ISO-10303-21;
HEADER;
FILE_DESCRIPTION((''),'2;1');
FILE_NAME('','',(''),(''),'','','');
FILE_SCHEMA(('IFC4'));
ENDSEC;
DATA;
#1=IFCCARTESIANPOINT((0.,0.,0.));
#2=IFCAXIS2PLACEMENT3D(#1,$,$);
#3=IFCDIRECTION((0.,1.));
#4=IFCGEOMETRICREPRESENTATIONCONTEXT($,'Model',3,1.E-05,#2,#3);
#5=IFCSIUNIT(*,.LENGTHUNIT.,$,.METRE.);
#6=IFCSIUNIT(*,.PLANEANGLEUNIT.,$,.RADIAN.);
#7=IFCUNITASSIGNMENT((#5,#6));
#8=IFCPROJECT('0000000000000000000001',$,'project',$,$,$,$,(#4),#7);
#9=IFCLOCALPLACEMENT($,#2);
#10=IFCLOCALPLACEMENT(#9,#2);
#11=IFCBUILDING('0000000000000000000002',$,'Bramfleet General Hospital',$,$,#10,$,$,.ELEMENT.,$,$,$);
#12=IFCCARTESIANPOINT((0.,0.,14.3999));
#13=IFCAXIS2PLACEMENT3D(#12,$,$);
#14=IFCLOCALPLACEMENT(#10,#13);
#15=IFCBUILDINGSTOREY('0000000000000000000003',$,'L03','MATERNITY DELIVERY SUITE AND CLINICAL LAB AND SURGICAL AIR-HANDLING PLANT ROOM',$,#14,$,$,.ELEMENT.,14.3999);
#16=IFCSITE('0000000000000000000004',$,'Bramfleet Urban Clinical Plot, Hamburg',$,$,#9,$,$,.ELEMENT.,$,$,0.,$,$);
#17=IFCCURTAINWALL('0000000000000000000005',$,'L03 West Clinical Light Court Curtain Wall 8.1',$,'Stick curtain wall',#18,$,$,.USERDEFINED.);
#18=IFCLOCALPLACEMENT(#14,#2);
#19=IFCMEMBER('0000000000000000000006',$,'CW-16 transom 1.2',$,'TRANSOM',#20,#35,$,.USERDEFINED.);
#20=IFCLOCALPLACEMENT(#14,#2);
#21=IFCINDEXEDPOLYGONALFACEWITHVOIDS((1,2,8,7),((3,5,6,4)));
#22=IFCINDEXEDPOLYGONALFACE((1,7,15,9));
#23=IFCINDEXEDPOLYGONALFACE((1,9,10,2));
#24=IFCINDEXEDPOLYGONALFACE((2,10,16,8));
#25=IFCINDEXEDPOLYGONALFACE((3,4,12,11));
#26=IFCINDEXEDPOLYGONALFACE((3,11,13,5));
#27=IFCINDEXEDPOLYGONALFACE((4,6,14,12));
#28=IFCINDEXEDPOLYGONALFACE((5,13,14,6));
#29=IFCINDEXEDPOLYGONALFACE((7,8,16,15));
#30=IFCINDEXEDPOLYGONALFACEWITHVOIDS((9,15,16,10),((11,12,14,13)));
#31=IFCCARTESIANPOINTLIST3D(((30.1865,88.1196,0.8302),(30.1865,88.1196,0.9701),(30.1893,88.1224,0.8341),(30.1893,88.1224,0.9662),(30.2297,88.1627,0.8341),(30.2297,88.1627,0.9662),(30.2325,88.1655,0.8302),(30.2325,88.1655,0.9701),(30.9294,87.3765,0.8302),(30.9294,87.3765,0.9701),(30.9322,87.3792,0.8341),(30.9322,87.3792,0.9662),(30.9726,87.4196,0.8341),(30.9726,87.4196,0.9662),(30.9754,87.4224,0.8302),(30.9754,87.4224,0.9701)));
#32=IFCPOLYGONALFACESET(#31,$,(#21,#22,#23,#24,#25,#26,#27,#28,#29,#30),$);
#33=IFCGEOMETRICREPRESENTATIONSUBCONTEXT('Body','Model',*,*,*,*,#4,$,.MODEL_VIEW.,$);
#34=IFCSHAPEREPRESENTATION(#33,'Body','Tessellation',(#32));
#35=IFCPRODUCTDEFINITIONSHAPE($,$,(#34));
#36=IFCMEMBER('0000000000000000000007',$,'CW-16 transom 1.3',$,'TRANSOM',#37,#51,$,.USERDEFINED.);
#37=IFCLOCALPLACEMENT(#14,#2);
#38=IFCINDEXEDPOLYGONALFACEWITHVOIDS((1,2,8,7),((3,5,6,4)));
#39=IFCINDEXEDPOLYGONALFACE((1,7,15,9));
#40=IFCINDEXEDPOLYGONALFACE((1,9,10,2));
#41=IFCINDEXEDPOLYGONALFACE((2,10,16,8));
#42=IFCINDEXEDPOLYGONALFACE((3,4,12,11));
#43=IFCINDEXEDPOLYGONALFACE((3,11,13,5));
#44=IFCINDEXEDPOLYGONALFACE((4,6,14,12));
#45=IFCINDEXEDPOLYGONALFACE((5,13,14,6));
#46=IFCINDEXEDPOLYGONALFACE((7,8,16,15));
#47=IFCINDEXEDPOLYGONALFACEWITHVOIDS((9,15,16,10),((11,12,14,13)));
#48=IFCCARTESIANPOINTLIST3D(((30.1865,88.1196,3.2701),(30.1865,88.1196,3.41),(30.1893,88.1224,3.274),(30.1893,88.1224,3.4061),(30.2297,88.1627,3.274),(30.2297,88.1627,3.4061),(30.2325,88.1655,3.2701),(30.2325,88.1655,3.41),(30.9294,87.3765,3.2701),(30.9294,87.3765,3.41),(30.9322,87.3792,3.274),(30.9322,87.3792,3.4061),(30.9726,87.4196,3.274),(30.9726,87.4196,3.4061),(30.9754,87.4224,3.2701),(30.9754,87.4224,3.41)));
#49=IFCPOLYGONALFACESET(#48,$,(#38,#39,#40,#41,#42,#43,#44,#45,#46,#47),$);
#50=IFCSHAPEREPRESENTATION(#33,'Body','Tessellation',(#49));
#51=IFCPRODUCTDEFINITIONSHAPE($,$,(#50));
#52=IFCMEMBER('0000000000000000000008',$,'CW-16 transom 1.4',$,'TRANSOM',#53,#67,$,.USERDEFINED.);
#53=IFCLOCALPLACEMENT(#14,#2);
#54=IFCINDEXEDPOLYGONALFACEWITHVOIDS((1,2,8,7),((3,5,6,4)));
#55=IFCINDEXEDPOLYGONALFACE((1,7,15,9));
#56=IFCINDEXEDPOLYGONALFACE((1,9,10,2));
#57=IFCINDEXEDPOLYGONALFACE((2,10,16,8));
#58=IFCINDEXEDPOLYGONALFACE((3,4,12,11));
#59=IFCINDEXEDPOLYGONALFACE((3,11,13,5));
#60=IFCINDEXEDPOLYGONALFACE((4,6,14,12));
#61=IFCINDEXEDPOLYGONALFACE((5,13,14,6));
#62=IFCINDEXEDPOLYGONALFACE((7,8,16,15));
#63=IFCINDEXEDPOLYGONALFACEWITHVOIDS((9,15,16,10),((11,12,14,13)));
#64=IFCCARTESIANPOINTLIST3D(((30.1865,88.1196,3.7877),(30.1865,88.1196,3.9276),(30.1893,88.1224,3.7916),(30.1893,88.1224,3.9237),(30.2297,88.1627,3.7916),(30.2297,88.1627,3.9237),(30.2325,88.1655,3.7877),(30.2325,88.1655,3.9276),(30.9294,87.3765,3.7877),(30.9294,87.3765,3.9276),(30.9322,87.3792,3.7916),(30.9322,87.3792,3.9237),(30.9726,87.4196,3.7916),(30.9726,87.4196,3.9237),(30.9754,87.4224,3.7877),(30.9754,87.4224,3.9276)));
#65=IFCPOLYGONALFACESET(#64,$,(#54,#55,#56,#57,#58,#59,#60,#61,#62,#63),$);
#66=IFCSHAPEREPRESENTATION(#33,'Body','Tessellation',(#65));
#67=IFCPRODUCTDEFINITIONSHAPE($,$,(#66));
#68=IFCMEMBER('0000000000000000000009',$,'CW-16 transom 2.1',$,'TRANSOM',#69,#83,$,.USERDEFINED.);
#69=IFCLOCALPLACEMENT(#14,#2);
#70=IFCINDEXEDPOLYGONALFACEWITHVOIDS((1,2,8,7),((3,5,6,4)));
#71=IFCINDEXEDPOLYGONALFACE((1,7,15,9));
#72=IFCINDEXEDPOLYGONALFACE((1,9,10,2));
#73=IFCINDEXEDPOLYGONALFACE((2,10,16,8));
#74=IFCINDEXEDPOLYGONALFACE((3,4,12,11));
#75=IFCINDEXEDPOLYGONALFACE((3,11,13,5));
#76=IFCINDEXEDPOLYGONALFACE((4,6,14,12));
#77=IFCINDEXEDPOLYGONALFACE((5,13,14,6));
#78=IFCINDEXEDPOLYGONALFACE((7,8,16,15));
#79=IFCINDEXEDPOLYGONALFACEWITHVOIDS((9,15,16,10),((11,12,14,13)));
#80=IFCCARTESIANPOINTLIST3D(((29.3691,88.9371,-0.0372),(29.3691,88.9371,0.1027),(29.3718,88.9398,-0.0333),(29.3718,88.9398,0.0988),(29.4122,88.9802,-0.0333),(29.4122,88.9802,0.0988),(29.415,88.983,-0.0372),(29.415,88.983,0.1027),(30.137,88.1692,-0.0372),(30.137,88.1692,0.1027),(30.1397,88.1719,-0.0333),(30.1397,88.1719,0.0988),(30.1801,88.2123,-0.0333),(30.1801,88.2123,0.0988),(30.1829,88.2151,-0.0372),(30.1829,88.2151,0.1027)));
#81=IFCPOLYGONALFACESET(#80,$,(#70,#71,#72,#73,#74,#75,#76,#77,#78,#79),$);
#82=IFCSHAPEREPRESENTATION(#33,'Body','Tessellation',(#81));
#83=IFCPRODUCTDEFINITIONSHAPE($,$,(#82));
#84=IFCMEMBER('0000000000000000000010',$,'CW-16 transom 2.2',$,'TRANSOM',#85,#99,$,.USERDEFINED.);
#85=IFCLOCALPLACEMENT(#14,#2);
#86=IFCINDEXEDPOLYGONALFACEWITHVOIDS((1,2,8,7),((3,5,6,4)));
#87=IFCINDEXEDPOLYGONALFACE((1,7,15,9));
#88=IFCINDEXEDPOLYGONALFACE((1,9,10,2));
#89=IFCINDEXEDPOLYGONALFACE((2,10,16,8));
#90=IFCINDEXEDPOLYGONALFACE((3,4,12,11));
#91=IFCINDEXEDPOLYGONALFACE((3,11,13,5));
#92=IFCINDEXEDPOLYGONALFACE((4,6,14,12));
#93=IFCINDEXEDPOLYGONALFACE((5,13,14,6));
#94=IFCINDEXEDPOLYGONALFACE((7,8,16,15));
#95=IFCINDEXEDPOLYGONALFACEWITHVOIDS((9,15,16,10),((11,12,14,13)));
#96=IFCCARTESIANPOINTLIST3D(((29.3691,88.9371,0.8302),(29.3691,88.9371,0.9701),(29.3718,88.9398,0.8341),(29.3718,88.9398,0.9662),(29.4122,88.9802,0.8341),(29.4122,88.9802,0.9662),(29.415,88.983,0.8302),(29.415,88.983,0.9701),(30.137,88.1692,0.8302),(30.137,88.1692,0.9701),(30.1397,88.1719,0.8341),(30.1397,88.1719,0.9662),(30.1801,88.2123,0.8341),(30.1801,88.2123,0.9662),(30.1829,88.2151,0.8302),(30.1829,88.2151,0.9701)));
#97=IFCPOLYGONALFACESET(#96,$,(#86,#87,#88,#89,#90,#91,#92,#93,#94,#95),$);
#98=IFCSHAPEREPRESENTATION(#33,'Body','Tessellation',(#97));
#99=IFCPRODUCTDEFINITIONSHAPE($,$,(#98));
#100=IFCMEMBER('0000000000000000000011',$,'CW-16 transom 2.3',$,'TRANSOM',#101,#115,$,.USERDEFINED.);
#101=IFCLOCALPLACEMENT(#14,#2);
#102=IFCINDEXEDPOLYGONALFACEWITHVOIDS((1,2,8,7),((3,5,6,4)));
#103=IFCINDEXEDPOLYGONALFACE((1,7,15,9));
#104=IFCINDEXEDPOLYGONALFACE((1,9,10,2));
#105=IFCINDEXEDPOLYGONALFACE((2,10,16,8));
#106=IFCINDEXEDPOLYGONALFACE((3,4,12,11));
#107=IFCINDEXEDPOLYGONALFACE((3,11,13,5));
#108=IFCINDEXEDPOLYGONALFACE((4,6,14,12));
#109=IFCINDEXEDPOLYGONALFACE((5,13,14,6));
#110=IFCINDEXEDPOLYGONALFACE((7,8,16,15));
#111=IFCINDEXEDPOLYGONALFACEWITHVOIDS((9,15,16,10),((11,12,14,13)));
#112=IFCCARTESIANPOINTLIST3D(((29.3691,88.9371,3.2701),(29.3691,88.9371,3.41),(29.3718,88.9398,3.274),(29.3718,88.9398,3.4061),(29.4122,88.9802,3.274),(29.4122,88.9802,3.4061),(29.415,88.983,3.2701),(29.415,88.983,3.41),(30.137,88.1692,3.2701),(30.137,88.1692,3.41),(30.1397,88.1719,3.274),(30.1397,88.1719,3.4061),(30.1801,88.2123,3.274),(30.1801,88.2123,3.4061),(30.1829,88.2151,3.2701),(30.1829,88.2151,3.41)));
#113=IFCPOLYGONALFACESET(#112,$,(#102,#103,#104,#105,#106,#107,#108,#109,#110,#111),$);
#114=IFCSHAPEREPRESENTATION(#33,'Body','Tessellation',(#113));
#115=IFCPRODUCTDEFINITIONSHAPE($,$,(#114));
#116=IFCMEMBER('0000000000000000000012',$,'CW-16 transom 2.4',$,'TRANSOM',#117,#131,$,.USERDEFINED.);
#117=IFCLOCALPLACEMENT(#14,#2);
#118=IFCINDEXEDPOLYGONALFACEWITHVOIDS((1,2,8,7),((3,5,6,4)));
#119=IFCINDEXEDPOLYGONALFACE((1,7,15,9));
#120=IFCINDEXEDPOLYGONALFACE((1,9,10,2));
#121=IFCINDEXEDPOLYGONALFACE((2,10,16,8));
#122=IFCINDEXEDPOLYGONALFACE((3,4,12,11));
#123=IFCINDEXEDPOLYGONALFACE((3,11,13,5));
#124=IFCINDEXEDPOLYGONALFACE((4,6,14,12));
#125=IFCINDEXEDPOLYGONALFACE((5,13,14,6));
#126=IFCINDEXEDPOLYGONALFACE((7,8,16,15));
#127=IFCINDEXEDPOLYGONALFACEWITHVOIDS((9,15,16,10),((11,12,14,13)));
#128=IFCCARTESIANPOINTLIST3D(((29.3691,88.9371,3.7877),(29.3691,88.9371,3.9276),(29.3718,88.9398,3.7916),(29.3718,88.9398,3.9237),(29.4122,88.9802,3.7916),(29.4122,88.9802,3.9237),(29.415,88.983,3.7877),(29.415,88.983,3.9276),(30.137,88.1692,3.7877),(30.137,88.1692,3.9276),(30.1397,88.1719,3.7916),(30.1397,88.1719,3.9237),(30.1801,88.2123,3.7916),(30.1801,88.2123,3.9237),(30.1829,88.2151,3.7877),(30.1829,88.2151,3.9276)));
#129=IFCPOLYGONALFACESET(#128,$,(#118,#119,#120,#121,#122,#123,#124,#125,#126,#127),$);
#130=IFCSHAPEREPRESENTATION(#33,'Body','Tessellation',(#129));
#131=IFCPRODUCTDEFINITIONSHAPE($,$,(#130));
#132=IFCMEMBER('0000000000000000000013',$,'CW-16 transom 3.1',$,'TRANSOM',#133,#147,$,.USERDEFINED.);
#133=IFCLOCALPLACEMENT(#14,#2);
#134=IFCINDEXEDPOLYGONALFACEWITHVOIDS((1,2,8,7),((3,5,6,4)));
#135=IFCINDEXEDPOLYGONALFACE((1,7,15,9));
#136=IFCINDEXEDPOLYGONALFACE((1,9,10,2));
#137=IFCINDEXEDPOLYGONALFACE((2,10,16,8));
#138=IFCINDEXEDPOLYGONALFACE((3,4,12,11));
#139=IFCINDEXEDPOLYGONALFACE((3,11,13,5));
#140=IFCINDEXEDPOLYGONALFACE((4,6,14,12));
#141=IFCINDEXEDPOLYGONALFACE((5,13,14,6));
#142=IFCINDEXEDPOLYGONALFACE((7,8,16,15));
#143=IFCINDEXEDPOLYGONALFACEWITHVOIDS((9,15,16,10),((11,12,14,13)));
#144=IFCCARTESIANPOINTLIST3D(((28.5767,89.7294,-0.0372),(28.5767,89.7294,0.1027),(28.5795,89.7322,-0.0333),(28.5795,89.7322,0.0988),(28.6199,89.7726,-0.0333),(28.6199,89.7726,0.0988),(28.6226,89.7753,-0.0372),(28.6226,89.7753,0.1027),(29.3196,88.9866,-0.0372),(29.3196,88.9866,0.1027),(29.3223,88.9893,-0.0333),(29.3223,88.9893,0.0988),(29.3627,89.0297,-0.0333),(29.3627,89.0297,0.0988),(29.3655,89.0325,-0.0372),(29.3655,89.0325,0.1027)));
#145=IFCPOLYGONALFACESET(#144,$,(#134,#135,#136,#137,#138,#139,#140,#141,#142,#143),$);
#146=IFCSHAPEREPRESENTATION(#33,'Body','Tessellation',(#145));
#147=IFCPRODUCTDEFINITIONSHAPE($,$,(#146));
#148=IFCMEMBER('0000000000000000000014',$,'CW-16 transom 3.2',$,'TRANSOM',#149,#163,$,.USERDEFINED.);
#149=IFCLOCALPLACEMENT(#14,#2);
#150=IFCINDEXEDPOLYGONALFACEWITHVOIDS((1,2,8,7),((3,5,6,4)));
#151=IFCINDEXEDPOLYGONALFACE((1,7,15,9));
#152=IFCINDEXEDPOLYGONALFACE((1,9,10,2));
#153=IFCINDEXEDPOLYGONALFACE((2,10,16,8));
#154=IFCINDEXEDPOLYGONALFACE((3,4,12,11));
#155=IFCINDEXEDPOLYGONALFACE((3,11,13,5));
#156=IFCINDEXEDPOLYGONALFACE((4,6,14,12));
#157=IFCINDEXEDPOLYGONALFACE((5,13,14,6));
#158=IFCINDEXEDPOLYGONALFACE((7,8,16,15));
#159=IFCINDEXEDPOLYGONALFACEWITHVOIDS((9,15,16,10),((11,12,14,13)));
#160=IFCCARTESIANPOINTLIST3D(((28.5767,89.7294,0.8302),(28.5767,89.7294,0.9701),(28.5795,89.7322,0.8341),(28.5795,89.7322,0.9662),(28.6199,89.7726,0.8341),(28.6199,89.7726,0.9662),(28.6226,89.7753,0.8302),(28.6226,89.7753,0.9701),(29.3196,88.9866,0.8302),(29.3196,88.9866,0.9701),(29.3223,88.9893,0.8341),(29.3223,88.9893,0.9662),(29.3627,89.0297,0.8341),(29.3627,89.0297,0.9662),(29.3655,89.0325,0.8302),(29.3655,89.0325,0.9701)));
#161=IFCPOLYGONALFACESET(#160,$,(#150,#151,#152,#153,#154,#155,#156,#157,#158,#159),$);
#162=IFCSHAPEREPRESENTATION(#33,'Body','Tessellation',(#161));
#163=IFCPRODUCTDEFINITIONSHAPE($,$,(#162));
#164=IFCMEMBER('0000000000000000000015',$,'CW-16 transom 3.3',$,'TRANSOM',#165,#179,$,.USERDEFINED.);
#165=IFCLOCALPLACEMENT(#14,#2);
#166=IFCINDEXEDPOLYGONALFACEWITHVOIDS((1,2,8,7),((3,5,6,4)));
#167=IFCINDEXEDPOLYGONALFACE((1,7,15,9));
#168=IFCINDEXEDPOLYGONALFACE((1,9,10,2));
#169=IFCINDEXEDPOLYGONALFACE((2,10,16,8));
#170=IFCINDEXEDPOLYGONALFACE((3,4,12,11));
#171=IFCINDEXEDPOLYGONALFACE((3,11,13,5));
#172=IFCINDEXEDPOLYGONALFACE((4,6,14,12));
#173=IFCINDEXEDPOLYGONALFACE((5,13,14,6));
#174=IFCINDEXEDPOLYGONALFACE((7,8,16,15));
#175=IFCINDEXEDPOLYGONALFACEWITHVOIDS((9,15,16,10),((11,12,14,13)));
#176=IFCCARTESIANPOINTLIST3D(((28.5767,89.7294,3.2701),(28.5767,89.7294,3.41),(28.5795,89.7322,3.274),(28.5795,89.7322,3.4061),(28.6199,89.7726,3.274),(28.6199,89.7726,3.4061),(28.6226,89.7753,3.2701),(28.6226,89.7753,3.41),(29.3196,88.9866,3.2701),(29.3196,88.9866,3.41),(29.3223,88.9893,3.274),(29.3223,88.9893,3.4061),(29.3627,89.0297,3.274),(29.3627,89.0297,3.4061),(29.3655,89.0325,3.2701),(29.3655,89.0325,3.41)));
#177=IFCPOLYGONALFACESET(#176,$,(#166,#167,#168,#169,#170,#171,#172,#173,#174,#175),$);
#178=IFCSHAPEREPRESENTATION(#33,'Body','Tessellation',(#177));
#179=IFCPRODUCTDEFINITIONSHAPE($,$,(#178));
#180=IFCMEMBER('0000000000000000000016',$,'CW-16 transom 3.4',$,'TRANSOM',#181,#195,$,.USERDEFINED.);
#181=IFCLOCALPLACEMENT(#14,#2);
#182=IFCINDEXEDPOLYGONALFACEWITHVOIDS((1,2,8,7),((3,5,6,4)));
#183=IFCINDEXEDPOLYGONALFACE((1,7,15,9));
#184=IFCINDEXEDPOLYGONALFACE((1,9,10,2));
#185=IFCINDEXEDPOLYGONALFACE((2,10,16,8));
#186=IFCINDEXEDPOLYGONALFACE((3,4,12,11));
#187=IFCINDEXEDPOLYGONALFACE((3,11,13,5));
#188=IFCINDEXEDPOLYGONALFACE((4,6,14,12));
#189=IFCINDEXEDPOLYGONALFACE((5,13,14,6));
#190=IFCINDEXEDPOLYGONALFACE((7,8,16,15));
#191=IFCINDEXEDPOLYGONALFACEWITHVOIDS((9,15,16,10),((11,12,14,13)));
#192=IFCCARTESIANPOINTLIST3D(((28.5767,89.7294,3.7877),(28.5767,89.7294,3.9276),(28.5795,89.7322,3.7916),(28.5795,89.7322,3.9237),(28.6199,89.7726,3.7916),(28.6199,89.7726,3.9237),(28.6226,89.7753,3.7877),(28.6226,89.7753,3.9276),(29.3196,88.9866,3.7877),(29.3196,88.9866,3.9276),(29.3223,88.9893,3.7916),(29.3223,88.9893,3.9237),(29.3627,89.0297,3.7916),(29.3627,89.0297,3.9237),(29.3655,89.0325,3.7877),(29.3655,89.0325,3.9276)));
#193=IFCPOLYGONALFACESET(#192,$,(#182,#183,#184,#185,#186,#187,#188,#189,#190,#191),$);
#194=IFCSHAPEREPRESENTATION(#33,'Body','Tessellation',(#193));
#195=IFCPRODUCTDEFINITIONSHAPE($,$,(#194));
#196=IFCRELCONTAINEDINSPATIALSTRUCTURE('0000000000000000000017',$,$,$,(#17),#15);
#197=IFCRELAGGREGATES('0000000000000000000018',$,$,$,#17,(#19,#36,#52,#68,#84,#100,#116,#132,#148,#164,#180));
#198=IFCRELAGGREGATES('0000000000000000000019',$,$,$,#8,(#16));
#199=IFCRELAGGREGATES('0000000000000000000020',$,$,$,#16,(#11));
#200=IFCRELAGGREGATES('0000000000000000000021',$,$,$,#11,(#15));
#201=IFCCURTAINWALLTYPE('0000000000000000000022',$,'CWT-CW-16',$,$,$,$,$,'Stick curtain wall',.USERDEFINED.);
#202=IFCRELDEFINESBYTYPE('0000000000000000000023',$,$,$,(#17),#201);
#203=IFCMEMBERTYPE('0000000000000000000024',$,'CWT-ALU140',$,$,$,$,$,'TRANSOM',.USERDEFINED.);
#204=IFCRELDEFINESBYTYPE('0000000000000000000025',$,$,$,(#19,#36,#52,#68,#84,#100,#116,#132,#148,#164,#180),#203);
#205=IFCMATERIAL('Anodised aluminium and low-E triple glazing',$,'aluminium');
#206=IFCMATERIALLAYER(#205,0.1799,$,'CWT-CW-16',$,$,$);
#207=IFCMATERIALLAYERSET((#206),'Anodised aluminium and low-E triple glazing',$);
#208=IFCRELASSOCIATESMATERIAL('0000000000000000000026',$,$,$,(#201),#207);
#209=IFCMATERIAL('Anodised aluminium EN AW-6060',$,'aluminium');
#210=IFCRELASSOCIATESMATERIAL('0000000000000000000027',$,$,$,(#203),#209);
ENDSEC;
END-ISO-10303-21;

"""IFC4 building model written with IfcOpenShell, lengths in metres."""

from ifc_helpers import new_model, si_unit, direction, frame, origin, origin_2d, place, context, subcontext, project, spatial, hollow_rectangle, extrude, material, layer, layer_set, material_profile, profile_set, type_object, element, aggregate, save


model = new_model("IFC4")

# Units and contexts
model_context = context("Model", 3, precision=1e-05, world=origin(), true_north=direction((0.0, 1.0)))
body_context = subcontext(model_context, "Body", "Model", "MODEL_VIEW")
ifc_project = project(units=[si_unit("LENGTHUNIT", "METRE"), si_unit("PLANEANGLEUNIT", "RADIAN")], contexts=[model_context])

# Site, building, storey
site_placement = place(None, origin())
site = spatial("IfcSite", under=ifc_project, at=site_placement, Name="Bramfleet Urban Clinical Plot, Hamburg", CompositionType="ELEMENT", RefElevation=0.0)
building_placement = place(site_placement, origin())
building = spatial("IfcBuilding", under=site, at=building_placement, Name="Bramfleet General Hospital", CompositionType="ELEMENT")
storey_placement = place(building_placement, frame((0.0, 0.0, 14.3999)))
storey = spatial("IfcBuildingStorey", under=building, at=storey_placement, Name="L03", Description="MATERNITY DELIVERY SUITE AND CLINICAL LAB AND SURGICAL AIR-HANDLING PLANT ROOM", CompositionType="ELEMENT", Elevation=14.3999)

# Shared definitions
ifc_material_1 = material(Name="Anodised aluminium and low-E triple glazing", Category="aluminium")
ifc_material_2 = material(Name="Anodised aluminium EN AW-6060", Category="aluminium")

# Curtain wall
ifc_layer_1 = layer(ifc_material_1, 0.1799, Name="CWT-CW-16")
ifc_layer_set_1 = layer_set([ifc_layer_1], Name="Anodised aluminium and low-E triple glazing")
curtain_wall_type_1 = type_object("IfcCurtainWallType", Name="CWT-CW-16", ElementType="Stick curtain wall", PredefinedType="USERDEFINED", material=ifc_layer_set_1)
curtain_wall_1_placement = place(storey_placement, origin())
curtain_wall_1 = element("IfcCurtainWall", 1, at=curtain_wall_1_placement, inside=storey, type_object=curtain_wall_type_1, Name="L03 West Clinical Light Court Curtain Wall 8.1", ObjectType="Stick curtain wall", PredefinedType="USERDEFINED")

# Members
ifc_material_profile_1 = material_profile(ifc_material_2, hollow_rectangle(XDim=0.0649, YDim=0.1399, WallThickness=0.0039, at=origin_2d()), Name="ALU 140x65x4.0")
ifc_profile_set_1 = profile_set([ifc_material_profile_1], Name="Anodised aluminium EN AW-6060")
member_type_1 = type_object("IfcMemberType", Name="CWT-ALU140", ElementType="TRANSOM", PredefinedType="USERDEFINED", material=ifc_profile_set_1)
member_1_placement = place(storey_placement, frame((30.9524, 87.3994, 0.9001), z_axis=(-0.706991, 0.707223, 0.0), x_axis=(-0.707223, -0.706991, 0.0)))
member_1 = element("IfcMember", 2, at=member_1_placement, type_object=member_type_1, Name="CW-16 transom 1.2", ObjectType="TRANSOM", PredefinedType="USERDEFINED", context=body_context, shape_type="SweptSolid", body=[
    extrude(hollow_rectangle(XDim=0.0649, YDim=0.1399, WallThickness=0.0039, at=origin_2d()), origin(), (0.0, 0.0, 1.0), 1.0508),
])
member_2_placement = place(storey_placement, frame((30.9524, 87.3994, 3.3401), z_axis=(-0.706991, 0.707223, 0.0), x_axis=(-0.707223, -0.706991, 0.0)))
member_2 = element("IfcMember", 3, at=member_2_placement, type_object=member_type_1, Name="CW-16 transom 1.3", ObjectType="TRANSOM", PredefinedType="USERDEFINED", context=body_context, shape_type="SweptSolid", body=[
    extrude(hollow_rectangle(XDim=0.0649, YDim=0.1399, WallThickness=0.0039, at=origin_2d()), origin(), (0.0, 0.0, 1.0), 1.0508),
])
member_3_placement = place(storey_placement, frame((30.9524, 87.3994, 3.8577), z_axis=(-0.706991, 0.707223, 0.0), x_axis=(-0.707223, -0.706991, 0.0)))
member_3 = element("IfcMember", 4, at=member_3_placement, type_object=member_type_1, Name="CW-16 transom 1.4", ObjectType="TRANSOM", PredefinedType="USERDEFINED", context=body_context, shape_type="SweptSolid", body=[
    extrude(hollow_rectangle(XDim=0.0649, YDim=0.1399, WallThickness=0.0039, at=origin_2d()), origin(), (0.0, 0.0, 1.0), 1.0508),
])
member_4_placement = place(storey_placement, frame((30.1599, 88.1921, 0.0327), z_axis=(-0.707107, 0.707107, 0.0), x_axis=(-0.707107, -0.707107, 0.0)))
member_4 = element("IfcMember", 5, at=member_4_placement, type_object=member_type_1, Name="CW-16 transom 2.1", ObjectType="TRANSOM", PredefinedType="USERDEFINED", context=body_context, shape_type="SweptSolid", body=[
    extrude(hollow_rectangle(XDim=0.0649, YDim=0.1399, WallThickness=0.0039, at=origin_2d()), origin(), (0.0, 0.0, 1.0), 1.0859),
])
member_5_placement = place(storey_placement, frame((30.1599, 88.1921, 0.9001), z_axis=(-0.707107, 0.707107, 0.0), x_axis=(-0.707107, -0.707107, 0.0)))
member_5 = element("IfcMember", 6, at=member_5_placement, type_object=member_type_1, Name="CW-16 transom 2.2", ObjectType="TRANSOM", PredefinedType="USERDEFINED", context=body_context, shape_type="SweptSolid", body=[
    extrude(hollow_rectangle(XDim=0.0649, YDim=0.1399, WallThickness=0.0039, at=origin_2d()), origin(), (0.0, 0.0, 1.0), 1.0859),
])
member_6_placement = place(storey_placement, frame((30.1599, 88.1921, 3.3401), z_axis=(-0.707107, 0.707107, 0.0), x_axis=(-0.707107, -0.707107, 0.0)))
member_6 = element("IfcMember", 7, at=member_6_placement, type_object=member_type_1, Name="CW-16 transom 2.3", ObjectType="TRANSOM", PredefinedType="USERDEFINED", context=body_context, shape_type="SweptSolid", body=[
    extrude(hollow_rectangle(XDim=0.0649, YDim=0.1399, WallThickness=0.0039, at=origin_2d()), origin(), (0.0, 0.0, 1.0), 1.0859),
])
member_7_placement = place(storey_placement, frame((30.1599, 88.1921, 3.8577), z_axis=(-0.707107, 0.707107, 0.0), x_axis=(-0.707107, -0.707107, 0.0)))
member_7 = element("IfcMember", 8, at=member_7_placement, type_object=member_type_1, Name="CW-16 transom 2.4", ObjectType="TRANSOM", PredefinedType="USERDEFINED", context=body_context, shape_type="SweptSolid", body=[
    extrude(hollow_rectangle(XDim=0.0649, YDim=0.1399, WallThickness=0.0039, at=origin_2d()), origin(), (0.0, 0.0, 1.0), 1.0859),
])
member_8_placement = place(storey_placement, frame((29.3425, 89.0095, 0.0327), z_axis=(-0.707107, 0.707107, 0.0), x_axis=(-0.707107, -0.707107, 0.0)))
member_8 = element("IfcMember", 9, at=member_8_placement, type_object=member_type_1, Name="CW-16 transom 3.1", ObjectType="TRANSOM", PredefinedType="USERDEFINED", context=body_context, shape_type="SweptSolid", body=[
    extrude(hollow_rectangle(XDim=0.0649, YDim=0.1399, WallThickness=0.0039, at=origin_2d()), origin(), (0.0, 0.0, 1.0), 1.0505),
])
member_9_placement = place(storey_placement, frame((29.3425, 89.0095, 0.9001), z_axis=(-0.707107, 0.707107, 0.0), x_axis=(-0.707107, -0.707107, 0.0)))
member_9 = element("IfcMember", 10, at=member_9_placement, type_object=member_type_1, Name="CW-16 transom 3.2", ObjectType="TRANSOM", PredefinedType="USERDEFINED", context=body_context, shape_type="SweptSolid", body=[
    extrude(hollow_rectangle(XDim=0.0649, YDim=0.1399, WallThickness=0.0039, at=origin_2d()), origin(), (0.0, 0.0, 1.0), 1.0505),
])
member_10_placement = place(storey_placement, frame((29.3425, 89.0095, 3.3401), z_axis=(-0.707107, 0.707107, 0.0), x_axis=(-0.707107, -0.707107, 0.0)))
member_10 = element("IfcMember", 11, at=member_10_placement, type_object=member_type_1, Name="CW-16 transom 3.3", ObjectType="TRANSOM", PredefinedType="USERDEFINED", context=body_context, shape_type="SweptSolid", body=[
    extrude(hollow_rectangle(XDim=0.0649, YDim=0.1399, WallThickness=0.0039, at=origin_2d()), origin(), (0.0, 0.0, 1.0), 1.0505),
])
member_11_placement = place(storey_placement, frame((29.3425, 89.0095, 3.8577), z_axis=(-0.707107, 0.707107, 0.0), x_axis=(-0.707107, -0.707107, 0.0)))
member_11 = element("IfcMember", 12, at=member_11_placement, type_object=member_type_1, Name="CW-16 transom 3.4", ObjectType="TRANSOM", PredefinedType="USERDEFINED", context=body_context, shape_type="SweptSolid", body=[
    extrude(hollow_rectangle(XDim=0.0649, YDim=0.1399, WallThickness=0.0039, at=origin_2d()), origin(), (0.0, 0.0, 1.0), 1.0505),
])

aggregate(curtain_wall_1, [member_1, member_2, member_3, member_4, member_5, member_6, member_7, member_8, member_9, member_10, member_11])

save(model, "model.ifc")
